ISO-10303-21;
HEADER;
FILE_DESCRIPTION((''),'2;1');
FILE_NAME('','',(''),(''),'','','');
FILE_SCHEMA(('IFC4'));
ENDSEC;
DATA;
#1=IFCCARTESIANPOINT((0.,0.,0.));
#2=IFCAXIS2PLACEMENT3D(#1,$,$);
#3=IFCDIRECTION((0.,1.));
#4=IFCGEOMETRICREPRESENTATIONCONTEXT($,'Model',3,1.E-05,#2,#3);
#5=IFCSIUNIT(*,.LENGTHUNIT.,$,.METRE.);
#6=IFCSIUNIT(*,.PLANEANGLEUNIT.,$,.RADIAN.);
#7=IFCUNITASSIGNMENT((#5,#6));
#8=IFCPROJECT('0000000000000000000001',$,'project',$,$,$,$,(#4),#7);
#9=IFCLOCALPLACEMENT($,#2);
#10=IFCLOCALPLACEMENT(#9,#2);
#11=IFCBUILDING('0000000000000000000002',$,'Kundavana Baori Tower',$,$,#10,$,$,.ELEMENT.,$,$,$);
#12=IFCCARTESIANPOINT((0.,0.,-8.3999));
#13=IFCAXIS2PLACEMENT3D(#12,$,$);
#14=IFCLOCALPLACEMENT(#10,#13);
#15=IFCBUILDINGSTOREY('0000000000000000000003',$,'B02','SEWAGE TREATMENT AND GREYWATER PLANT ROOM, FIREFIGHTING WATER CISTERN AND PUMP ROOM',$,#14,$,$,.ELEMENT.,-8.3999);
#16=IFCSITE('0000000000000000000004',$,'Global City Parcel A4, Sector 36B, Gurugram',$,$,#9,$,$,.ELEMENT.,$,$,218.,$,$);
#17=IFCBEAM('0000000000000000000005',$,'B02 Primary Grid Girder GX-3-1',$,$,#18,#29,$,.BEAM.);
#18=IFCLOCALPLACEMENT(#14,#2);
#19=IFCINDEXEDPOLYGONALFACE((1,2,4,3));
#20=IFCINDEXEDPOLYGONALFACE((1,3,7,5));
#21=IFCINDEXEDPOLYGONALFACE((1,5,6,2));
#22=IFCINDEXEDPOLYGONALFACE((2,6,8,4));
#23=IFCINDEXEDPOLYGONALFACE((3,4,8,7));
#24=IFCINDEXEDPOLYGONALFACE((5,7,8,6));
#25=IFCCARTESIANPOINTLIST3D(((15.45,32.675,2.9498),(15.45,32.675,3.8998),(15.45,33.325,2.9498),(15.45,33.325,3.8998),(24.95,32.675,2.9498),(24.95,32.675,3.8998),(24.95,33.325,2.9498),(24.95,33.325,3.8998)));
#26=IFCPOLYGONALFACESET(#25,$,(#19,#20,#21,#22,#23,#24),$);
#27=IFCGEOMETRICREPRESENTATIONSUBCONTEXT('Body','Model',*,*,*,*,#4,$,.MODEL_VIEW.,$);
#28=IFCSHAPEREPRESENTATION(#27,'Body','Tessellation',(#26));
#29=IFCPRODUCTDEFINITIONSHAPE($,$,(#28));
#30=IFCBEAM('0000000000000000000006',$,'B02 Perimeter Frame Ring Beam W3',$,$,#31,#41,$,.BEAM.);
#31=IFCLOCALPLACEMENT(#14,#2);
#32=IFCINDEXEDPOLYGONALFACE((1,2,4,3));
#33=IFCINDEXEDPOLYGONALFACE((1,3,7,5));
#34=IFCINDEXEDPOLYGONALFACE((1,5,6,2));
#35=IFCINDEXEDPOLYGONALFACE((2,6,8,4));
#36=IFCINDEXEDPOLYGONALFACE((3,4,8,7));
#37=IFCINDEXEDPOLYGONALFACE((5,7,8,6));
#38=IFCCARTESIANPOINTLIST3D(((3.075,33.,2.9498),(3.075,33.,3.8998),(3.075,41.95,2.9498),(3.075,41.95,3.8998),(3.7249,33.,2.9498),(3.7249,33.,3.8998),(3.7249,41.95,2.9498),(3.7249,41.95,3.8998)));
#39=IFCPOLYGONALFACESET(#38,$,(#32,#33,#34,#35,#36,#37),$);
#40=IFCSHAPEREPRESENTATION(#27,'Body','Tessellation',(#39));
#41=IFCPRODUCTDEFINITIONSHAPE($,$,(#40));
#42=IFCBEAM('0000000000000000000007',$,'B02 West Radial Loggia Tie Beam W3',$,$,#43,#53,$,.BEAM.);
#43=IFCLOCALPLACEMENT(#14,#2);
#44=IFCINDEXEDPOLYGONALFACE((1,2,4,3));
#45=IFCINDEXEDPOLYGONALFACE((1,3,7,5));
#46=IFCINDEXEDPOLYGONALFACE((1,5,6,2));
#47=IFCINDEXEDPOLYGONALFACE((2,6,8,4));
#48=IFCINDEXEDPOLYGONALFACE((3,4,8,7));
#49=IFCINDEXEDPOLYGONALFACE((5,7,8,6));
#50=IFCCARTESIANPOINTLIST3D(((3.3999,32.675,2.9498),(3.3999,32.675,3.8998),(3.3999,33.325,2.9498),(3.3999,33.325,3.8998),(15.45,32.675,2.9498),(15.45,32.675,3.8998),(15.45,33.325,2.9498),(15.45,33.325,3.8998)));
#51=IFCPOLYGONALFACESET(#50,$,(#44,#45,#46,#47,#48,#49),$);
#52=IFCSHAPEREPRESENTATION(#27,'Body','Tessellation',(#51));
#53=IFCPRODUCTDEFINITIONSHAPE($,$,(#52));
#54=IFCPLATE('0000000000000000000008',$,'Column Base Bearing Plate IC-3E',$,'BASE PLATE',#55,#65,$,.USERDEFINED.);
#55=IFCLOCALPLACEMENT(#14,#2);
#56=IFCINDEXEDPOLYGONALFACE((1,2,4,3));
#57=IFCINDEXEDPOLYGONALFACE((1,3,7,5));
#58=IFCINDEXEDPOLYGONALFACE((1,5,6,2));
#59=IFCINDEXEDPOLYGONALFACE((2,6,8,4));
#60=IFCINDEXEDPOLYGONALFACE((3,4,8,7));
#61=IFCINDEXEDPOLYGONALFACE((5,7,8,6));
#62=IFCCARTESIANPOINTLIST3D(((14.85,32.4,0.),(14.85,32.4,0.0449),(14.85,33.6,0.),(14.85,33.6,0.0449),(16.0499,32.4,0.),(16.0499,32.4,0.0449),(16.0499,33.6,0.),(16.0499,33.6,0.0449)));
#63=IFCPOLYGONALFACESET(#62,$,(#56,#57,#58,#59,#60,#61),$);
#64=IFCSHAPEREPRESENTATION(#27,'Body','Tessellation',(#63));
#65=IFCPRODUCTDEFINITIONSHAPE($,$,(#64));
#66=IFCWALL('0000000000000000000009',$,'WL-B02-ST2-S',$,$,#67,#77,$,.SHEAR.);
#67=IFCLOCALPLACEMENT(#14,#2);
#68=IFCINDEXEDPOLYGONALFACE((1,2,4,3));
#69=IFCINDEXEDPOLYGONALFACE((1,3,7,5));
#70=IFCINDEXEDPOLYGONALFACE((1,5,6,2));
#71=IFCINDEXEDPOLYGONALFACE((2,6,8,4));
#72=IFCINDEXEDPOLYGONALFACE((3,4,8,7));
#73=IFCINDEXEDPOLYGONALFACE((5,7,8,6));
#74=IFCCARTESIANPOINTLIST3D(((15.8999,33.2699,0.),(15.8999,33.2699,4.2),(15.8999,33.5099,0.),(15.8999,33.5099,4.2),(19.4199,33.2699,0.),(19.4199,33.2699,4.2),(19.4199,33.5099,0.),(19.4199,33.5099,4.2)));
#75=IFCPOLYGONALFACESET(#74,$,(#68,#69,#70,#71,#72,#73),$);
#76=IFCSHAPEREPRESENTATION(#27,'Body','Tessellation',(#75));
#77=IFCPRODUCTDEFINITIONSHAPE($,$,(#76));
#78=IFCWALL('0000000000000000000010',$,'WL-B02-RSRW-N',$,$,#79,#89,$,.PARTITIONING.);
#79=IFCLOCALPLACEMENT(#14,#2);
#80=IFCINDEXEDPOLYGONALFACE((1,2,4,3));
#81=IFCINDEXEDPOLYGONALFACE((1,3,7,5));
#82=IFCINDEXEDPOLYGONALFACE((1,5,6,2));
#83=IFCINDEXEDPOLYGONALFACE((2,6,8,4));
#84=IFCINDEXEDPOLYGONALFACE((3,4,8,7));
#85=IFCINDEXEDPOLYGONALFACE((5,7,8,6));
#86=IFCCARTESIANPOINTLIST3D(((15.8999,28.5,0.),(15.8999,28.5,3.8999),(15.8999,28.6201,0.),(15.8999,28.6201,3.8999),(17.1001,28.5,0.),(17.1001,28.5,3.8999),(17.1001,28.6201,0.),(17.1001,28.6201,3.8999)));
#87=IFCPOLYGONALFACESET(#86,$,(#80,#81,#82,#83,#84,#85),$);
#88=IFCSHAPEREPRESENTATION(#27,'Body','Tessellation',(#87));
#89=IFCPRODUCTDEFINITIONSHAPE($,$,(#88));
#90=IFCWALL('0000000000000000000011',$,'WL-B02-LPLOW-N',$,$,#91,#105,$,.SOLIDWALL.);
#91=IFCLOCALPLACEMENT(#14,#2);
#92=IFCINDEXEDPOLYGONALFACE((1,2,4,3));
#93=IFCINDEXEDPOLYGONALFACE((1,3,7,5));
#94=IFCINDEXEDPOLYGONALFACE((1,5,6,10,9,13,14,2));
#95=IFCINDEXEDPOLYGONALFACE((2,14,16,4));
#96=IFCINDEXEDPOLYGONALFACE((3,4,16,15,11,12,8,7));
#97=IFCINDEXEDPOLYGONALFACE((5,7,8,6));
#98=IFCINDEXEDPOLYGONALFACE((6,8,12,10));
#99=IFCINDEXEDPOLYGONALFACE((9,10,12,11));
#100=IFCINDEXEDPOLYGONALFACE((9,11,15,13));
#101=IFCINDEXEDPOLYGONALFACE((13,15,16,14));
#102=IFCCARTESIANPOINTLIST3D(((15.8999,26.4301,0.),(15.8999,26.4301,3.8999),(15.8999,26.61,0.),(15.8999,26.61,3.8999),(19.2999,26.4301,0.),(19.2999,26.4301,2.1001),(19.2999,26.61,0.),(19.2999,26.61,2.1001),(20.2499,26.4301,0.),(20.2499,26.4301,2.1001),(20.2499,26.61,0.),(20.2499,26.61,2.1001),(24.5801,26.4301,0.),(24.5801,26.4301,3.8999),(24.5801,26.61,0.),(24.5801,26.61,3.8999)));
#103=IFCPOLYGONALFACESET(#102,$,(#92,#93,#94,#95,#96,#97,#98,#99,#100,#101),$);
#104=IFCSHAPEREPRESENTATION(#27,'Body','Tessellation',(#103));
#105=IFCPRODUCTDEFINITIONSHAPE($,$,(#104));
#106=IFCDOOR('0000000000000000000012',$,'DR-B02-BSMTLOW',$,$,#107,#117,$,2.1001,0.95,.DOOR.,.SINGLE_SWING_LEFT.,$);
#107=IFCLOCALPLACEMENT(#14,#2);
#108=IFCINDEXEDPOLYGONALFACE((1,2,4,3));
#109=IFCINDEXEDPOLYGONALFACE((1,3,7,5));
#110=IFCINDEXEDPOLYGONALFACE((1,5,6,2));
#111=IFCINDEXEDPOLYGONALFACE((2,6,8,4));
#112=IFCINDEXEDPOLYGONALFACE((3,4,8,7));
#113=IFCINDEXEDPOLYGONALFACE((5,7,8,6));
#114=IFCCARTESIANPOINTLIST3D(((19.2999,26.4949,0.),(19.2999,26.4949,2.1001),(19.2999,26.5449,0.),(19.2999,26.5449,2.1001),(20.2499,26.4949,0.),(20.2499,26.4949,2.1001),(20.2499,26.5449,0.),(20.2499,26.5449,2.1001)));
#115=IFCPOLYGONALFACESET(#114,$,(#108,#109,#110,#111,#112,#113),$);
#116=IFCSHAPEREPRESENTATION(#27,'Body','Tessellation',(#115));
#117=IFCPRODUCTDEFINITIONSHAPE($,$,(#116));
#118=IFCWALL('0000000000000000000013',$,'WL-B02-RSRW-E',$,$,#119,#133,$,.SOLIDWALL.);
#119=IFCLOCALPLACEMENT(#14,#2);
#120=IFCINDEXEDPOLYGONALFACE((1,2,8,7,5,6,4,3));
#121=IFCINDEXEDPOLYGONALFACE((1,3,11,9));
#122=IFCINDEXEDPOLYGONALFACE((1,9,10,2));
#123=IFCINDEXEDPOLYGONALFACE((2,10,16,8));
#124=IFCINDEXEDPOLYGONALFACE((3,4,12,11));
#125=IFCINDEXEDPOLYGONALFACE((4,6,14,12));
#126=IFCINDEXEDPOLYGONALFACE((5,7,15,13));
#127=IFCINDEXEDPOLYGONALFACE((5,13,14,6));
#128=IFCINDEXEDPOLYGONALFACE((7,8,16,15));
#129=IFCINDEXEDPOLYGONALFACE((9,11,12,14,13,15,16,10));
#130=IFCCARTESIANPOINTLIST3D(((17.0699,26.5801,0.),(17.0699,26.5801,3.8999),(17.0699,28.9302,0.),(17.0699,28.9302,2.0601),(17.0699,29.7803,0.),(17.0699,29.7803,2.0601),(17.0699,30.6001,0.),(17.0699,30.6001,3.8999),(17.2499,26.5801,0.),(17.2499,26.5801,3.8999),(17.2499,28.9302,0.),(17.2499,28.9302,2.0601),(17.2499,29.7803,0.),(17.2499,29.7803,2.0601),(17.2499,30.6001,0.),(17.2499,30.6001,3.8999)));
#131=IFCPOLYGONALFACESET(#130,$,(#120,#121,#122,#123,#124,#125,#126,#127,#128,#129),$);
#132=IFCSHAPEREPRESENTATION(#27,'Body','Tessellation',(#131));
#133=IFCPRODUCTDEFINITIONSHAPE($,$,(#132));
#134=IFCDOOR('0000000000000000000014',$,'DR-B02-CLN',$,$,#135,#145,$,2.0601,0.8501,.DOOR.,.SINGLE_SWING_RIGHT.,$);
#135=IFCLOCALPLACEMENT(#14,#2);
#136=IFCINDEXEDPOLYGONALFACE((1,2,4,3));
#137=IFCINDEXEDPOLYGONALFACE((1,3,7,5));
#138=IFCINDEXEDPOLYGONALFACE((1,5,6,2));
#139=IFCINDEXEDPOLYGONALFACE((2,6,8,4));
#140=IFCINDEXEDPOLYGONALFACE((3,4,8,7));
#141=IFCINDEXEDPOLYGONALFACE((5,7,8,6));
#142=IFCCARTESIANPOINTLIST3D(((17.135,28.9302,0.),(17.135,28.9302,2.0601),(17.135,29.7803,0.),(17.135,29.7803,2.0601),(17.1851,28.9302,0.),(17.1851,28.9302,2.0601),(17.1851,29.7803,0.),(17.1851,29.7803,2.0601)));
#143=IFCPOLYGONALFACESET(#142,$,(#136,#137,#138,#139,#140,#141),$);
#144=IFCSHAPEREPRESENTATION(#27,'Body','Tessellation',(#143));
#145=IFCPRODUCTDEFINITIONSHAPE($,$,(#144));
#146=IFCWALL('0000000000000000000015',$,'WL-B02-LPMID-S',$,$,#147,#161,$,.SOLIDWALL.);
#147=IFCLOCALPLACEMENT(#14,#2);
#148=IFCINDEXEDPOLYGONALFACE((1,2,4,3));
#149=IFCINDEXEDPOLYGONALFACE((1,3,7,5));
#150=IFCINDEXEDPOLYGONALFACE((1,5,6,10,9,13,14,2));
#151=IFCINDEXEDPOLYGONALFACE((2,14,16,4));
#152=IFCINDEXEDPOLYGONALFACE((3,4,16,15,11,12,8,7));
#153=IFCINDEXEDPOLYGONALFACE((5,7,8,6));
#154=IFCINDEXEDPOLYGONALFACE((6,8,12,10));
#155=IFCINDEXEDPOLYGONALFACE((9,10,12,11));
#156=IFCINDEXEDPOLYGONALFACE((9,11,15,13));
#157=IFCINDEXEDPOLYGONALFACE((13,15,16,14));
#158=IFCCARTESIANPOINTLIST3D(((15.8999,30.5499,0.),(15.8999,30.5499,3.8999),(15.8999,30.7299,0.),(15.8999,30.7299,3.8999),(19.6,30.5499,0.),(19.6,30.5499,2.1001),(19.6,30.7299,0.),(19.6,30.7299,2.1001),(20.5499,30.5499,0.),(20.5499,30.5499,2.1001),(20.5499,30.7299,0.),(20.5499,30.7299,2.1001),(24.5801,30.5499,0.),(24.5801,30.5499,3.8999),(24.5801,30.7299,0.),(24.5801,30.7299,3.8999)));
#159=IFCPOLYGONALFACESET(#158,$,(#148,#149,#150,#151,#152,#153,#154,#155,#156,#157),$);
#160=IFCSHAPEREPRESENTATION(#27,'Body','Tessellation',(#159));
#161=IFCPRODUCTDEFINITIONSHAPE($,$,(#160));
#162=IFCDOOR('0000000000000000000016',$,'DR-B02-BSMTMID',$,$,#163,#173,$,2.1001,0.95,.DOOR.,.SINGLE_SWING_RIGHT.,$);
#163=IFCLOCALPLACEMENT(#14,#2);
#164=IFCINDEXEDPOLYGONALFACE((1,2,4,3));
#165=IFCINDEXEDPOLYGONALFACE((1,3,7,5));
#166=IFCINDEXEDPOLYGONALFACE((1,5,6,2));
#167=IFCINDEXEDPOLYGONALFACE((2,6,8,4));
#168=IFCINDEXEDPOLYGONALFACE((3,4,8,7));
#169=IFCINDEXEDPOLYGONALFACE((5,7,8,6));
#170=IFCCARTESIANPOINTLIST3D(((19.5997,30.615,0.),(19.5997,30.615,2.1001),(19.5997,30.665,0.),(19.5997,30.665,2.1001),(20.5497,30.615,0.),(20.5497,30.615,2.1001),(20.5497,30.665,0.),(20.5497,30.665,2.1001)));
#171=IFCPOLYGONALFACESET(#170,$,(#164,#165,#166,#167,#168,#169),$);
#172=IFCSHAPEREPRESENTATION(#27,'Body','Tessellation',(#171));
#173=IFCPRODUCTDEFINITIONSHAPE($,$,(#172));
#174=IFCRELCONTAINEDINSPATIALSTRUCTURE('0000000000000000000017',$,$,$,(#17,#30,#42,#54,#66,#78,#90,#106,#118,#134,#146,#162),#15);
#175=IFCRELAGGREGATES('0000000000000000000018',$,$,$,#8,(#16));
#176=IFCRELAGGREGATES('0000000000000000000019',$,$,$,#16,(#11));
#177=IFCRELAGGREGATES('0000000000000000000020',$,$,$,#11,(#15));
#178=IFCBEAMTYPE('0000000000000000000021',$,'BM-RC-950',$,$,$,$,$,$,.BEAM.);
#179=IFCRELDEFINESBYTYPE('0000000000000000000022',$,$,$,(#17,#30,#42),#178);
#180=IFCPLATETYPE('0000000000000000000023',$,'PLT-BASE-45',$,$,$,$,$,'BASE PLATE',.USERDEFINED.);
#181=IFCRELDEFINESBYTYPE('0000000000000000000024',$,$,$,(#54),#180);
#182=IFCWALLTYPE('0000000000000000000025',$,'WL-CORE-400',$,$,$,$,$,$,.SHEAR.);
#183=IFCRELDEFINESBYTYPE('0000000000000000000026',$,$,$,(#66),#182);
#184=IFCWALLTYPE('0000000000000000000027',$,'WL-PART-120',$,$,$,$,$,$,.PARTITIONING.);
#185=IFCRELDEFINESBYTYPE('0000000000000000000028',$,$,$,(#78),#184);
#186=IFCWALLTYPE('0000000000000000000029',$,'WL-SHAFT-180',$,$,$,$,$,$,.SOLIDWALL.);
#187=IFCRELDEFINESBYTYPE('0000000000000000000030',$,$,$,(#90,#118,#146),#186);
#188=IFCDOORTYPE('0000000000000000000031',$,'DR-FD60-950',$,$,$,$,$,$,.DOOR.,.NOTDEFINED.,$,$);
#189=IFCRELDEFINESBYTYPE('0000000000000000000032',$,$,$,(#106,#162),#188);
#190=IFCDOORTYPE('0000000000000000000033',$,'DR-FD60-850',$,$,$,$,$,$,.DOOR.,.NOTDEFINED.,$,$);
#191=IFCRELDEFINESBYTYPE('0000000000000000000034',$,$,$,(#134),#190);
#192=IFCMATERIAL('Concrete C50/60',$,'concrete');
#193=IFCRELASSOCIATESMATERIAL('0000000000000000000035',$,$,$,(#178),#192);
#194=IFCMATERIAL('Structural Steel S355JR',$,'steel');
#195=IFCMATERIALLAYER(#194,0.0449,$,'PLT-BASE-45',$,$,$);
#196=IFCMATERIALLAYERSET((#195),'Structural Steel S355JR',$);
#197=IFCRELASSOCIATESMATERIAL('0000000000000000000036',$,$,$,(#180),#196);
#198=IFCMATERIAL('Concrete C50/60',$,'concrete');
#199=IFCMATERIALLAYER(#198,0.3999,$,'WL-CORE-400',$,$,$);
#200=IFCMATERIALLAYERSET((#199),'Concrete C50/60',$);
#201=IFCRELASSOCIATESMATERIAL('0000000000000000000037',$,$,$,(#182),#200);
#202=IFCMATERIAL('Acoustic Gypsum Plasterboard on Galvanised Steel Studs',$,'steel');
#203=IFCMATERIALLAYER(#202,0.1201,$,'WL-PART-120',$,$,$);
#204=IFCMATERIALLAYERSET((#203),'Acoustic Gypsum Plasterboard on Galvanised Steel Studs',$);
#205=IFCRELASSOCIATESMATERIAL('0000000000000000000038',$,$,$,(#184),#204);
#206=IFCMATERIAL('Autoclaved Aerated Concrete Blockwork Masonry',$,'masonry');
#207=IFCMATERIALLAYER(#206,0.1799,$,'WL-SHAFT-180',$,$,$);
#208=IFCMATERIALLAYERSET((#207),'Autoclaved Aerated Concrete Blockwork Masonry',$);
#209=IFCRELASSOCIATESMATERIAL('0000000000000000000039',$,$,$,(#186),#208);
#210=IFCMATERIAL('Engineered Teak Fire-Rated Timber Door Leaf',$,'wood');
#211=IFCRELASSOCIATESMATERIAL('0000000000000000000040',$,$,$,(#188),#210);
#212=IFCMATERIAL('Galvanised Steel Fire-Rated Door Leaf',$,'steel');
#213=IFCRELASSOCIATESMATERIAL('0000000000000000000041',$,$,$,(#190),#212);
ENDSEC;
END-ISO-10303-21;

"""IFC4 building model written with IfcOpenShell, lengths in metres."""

from ifc_helpers import new_model, si_unit, direction, frame, frame_2d, origin, origin_2d, place, context, subcontext, project, spatial, rectangle, extrude, material, layer, layer_set, material_profile, profile_set, type_object, element, fill, save


model = new_model("IFC4")

# Units and contexts
model_context = context("Model", 3, precision=1e-05, world=origin(), true_north=direction((0.0, 1.0)))
body_context = subcontext(model_context, "Body", "Model", "MODEL_VIEW")
ifc_project = project(units=[si_unit("LENGTHUNIT", "METRE"), si_unit("PLANEANGLEUNIT", "RADIAN")], contexts=[model_context])

# Site, building, storey
site_placement = place(None, origin())
site = spatial("IfcSite", under=ifc_project, at=site_placement, Name="Global City Parcel A4, Sector 36B, Gurugram", CompositionType="ELEMENT", RefElevation=218.0)
building_placement = place(site_placement, origin())
building = spatial("IfcBuilding", under=site, at=building_placement, Name="Kundavana Baori Tower", CompositionType="ELEMENT")
storey_placement = place(building_placement, frame((0.0, 0.0, -8.3999)))
storey = spatial("IfcBuildingStorey", under=building, at=storey_placement, Name="B02", Description="SEWAGE TREATMENT AND GREYWATER PLANT ROOM, FIREFIGHTING WATER CISTERN AND PUMP ROOM", CompositionType="ELEMENT", Elevation=-8.3999)

# Beams
ifc_material_1 = material(Name="Concrete C50/60", Category="concrete")
ifc_material_profile_1 = material_profile(ifc_material_1, rectangle(XDim=0.6499, YDim=0.95, at=origin_2d()), Name="RC BM 650x950")
ifc_profile_set_1 = profile_set([ifc_material_profile_1], Name="Concrete C50/60")
beam_type = type_object("IfcBeamType", Name="BM-RC-950", PredefinedType="BEAM", material=ifc_profile_set_1)
beam_1_placement = place(storey_placement, frame((15.45, 33.0, 3.4248), z_axis=(1.0, 0.0, 0.0), x_axis=(0.0, 1.0, 0.0)))
element("IfcBeam", 1, at=beam_1_placement, inside=storey, type_object=beam_type, Name="B02 Primary Grid Girder GX-3-1", PredefinedType="BEAM", context=body_context, shape_type="SweptSolid", body=[
    extrude(rectangle(XDim=0.6499, YDim=0.95, at=origin_2d()), origin(), (0.0, 0.0, 1.0), 9.5),
])
beam_2_placement = place(storey_placement, frame((3.3999, 33.0, 3.4248), z_axis=(0.0, 1.0, 0.0), x_axis=(-1.0, 0.0, 0.0)))
element("IfcBeam", 2, at=beam_2_placement, inside=storey, type_object=beam_type, Name="B02 Perimeter Frame Ring Beam W3", PredefinedType="BEAM", context=body_context, shape_type="SweptSolid", body=[
    extrude(rectangle(XDim=0.6499, YDim=0.95, at=origin_2d()), origin(), (0.0, 0.0, 1.0), 8.95),
])
beam_3_placement = place(storey_placement, frame((15.45, 33.0, 3.4248), z_axis=(-1.0, 0.0, 0.0), x_axis=(0.0, -1.0, 0.0)))
element("IfcBeam", 3, at=beam_3_placement, inside=storey, type_object=beam_type, Name="B02 West Radial Loggia Tie Beam W3", PredefinedType="BEAM", context=body_context, shape_type="SweptSolid", body=[
    extrude(rectangle(XDim=0.6499, YDim=0.95, at=origin_2d()), origin(), (0.0, 0.0, 1.0), 12.05),
])

# Plate
ifc_material_2 = material(Name="Structural Steel S355JR", Category="steel")
ifc_layer_1 = layer(ifc_material_2, 0.0449, Name="PLT-BASE-45")
ifc_layer_set_1 = layer_set([ifc_layer_1], Name="Structural Steel S355JR")
plate_type = type_object("IfcPlateType", Name="PLT-BASE-45", ElementType="BASE PLATE", PredefinedType="USERDEFINED", material=ifc_layer_set_1)
plate_placement = place(storey_placement, frame((15.45, 33.0, 0.0), z_axis=(0.0, 0.0, 1.0), x_axis=(1.0, 0.0, 0.0)))
element("IfcPlate", 4, at=plate_placement, inside=storey, type_object=plate_type, Name="Column Base Bearing Plate IC-3E", ObjectType="BASE PLATE", PredefinedType="USERDEFINED", context=body_context, shape_type="SweptSolid", body=[
    extrude(rectangle(XDim=1.2, YDim=1.2, at=origin_2d()), origin(), (0.0, 0.0, 1.0), 0.0449),
])

# Walls
ifc_material_3 = material(Name="Concrete C50/60", Category="concrete")
ifc_layer_2 = layer(ifc_material_3, 0.3999, Name="WL-CORE-400")
ifc_layer_set_2 = layer_set([ifc_layer_2], Name="Concrete C50/60")
wall_type_1 = type_object("IfcWallType", Name="WL-CORE-400", PredefinedType="SHEAR", material=ifc_layer_set_2)
wall_1_placement = place(storey_placement, frame((15.8999, 33.3899, 0.0), z_axis=(0.0, 0.0, 1.0), x_axis=(1.0, 0.0, 0.0)))
element("IfcWall", 5, at=wall_1_placement, inside=storey, type_object=wall_type_1, Name="WL-B02-ST2-S", PredefinedType="SHEAR", context=body_context, shape_type="SweptSolid", body=[
    extrude(rectangle(XDim=3.52, YDim=0.24, at=frame_2d((1.76, 0.0))), origin(), (0.0, 0.0, 1.0), 4.2),
])
ifc_material_4 = material(Name="Acoustic Gypsum Plasterboard on Galvanised Steel Studs", Category="steel")
ifc_layer_3 = layer(ifc_material_4, 0.1201, Name="WL-PART-120")
ifc_layer_set_3 = layer_set([ifc_layer_3], Name="Acoustic Gypsum Plasterboard on Galvanised Steel Studs")
wall_type_2 = type_object("IfcWallType", Name="WL-PART-120", PredefinedType="PARTITIONING", material=ifc_layer_set_3)
wall_2_placement = place(storey_placement, frame((15.8999, 28.5601, 0.0), z_axis=(0.0, 0.0, 1.0), x_axis=(1.0, 0.0, 0.0)))
element("IfcWall", 6, at=wall_2_placement, inside=storey, type_object=wall_type_2, Name="WL-B02-RSRW-N", PredefinedType="PARTITIONING", context=body_context, shape_type="SweptSolid", body=[
    extrude(rectangle(XDim=1.2002, YDim=0.1201, at=frame_2d((0.6001, 0.0))), origin(), (0.0, 0.0, 1.0), 3.8999),
])

# Walls, openings, doors
ifc_material_5 = material(Name="Autoclaved Aerated Concrete Blockwork Masonry", Category="masonry")
ifc_layer_4 = layer(ifc_material_5, 0.1799, Name="WL-SHAFT-180")
ifc_layer_set_4 = layer_set([ifc_layer_4], Name="Autoclaved Aerated Concrete Blockwork Masonry")
wall_type_3 = type_object("IfcWallType", Name="WL-SHAFT-180", PredefinedType="SOLIDWALL", material=ifc_layer_set_4)
wall_3_placement = place(storey_placement, frame((15.8999, 26.52, 0.0), z_axis=(0.0, 0.0, 1.0), x_axis=(1.0, 0.0, 0.0)))
wall_3 = element("IfcWall", 7, at=wall_3_placement, inside=storey, type_object=wall_type_3, Name="WL-B02-LPLOW-N", PredefinedType="SOLIDWALL", context=body_context, shape_type="SweptSolid", body=[
    extrude(rectangle(XDim=8.6802, YDim=0.1799, at=frame_2d((4.3401, 0.0))), origin(), (0.0, 0.0, 1.0), 3.8999),
])
opening_1_placement = place(wall_3_placement, frame((3.3999, 0.0, 0.0)))
opening_1 = element("IfcOpeningElement", 8, at=opening_1_placement, cuts=wall_3, PredefinedType="OPENING", context=body_context, shape_type="SweptSolid", body=[
    extrude(rectangle(XDim=0.95, YDim=2.1001, at=frame_2d((0.4751, 1.05))), frame((0.0, 0.1001, 0.0), z_axis=(0.0, -1.0, 0.0), x_axis=(1.0, 0.0, 0.0)), (0.0, 0.0, 1.0), 0.2),
])
ifc_material_6 = material(Name="Engineered Teak Fire-Rated Timber Door Leaf", Category="wood")
door_type_1 = type_object("IfcDoorType", Name="DR-FD60-950", OperationType="NOTDEFINED", PredefinedType="DOOR", material=ifc_material_6)
door_1_placement = place(opening_1_placement, origin())
door_1 = element("IfcDoor", 9, at=door_1_placement, inside=storey, type_object=door_type_1, Name="DR-B02-BSMTLOW", OperationType="SINGLE_SWING_LEFT", OverallHeight=2.1001, OverallWidth=0.95, PredefinedType="DOOR", context=body_context, shape_type="SweptSolid", body=[
    extrude(rectangle(XDim=0.95, YDim=2.1001, at=frame_2d((0.4751, 1.05))), frame((0.0, 0.0249, 0.0), z_axis=(0.0, -1.0, 0.0), x_axis=(1.0, 0.0, 0.0)), (0.0, 0.0, 1.0), 0.05),
])
fill(opening_1, door_1)
wall_4_placement = place(storey_placement, frame((17.1599, 26.5801, 0.0), z_axis=(0.0, 0.0, 1.0), x_axis=(0.0, 1.0, 0.0)))
wall_4 = element("IfcWall", 10, at=wall_4_placement, inside=storey, type_object=wall_type_3, Name="WL-B02-RSRW-E", PredefinedType="SOLIDWALL", context=body_context, shape_type="SweptSolid", body=[
    extrude(rectangle(XDim=4.02, YDim=0.1799, at=frame_2d((2.01, 0.0))), origin(), (0.0, 0.0, 1.0), 3.8999),
])
opening_2_placement = place(wall_4_placement, frame((2.3501, 0.0, 0.0)))
opening_2 = element("IfcOpeningElement", 11, at=opening_2_placement, cuts=wall_4, PredefinedType="OPENING", context=body_context, shape_type="SweptSolid", body=[
    extrude(rectangle(XDim=0.8501, YDim=2.0601, at=frame_2d((0.425, 1.03))), frame((0.0, 0.1001, 0.0), z_axis=(0.0, -1.0, 0.0), x_axis=(1.0, 0.0, 0.0)), (0.0, 0.0, 1.0), 0.2),
])
ifc_material_7 = material(Name="Galvanised Steel Fire-Rated Door Leaf", Category="steel")
door_type_2 = type_object("IfcDoorType", Name="DR-FD60-850", OperationType="NOTDEFINED", PredefinedType="DOOR", material=ifc_material_7)
door_2_placement = place(opening_2_placement, origin())
door_2 = element("IfcDoor", 12, at=door_2_placement, inside=storey, type_object=door_type_2, Name="DR-B02-CLN", OperationType="SINGLE_SWING_RIGHT", OverallHeight=2.0601, OverallWidth=0.8501, PredefinedType="DOOR", context=body_context, shape_type="SweptSolid", body=[
    extrude(rectangle(XDim=0.8501, YDim=2.0601, at=frame_2d((0.425, 1.03))), frame((0.0, 0.0249, 0.0), z_axis=(0.0, -1.0, 0.0), x_axis=(1.0, 0.0, 0.0)), (0.0, 0.0, 1.0), 0.05),
])
fill(opening_2, door_2)
wall_5_placement = place(storey_placement, frame((15.8999, 30.6399, 0.0), z_axis=(0.0, 0.0, 1.0), x_axis=(1.0, 0.0, 0.0)))
wall_5 = element("IfcWall", 13, at=wall_5_placement, inside=storey, type_object=wall_type_3, Name="WL-B02-LPMID-S", PredefinedType="SOLIDWALL", context=body_context, shape_type="SweptSolid", body=[
    extrude(rectangle(XDim=8.6802, YDim=0.1799, at=frame_2d((4.3401, 0.0))), origin(), (0.0, 0.0, 1.0), 3.8999),
])
opening_3_placement = place(wall_5_placement, frame((3.7, 0.0, 0.0)))
opening_3 = element("IfcOpeningElement", 14, at=opening_3_placement, cuts=wall_5, PredefinedType="OPENING", context=body_context, shape_type="SweptSolid", body=[
    extrude(rectangle(XDim=0.95, YDim=2.1001, at=frame_2d((0.4751, 1.05))), frame((0.0, 0.1001, 0.0), z_axis=(0.0, -1.0, 0.0), x_axis=(1.0, 0.0, 0.0)), (0.0, 0.0, 1.0), 0.2),
])
door_3_placement = place(opening_3_placement, frame((0.95, 0.0, 0.0), z_axis=(0.0, 0.0, 1.0), x_axis=(-1.0, 0.0, 0.0)))
door_3 = element("IfcDoor", 15, at=door_3_placement, inside=storey, type_object=door_type_1, Name="DR-B02-BSMTMID", OperationType="SINGLE_SWING_RIGHT", OverallHeight=2.1001, OverallWidth=0.95, PredefinedType="DOOR", context=body_context, shape_type="SweptSolid", body=[
    extrude(rectangle(XDim=0.95, YDim=2.1001, at=frame_2d((0.4751, 1.05))), frame((0.0, 0.0249, 0.0), z_axis=(0.0, -1.0, 0.0), x_axis=(1.0, 0.0, 0.0)), (0.0, 0.0, 1.0), 0.05),
])
fill(opening_3, door_3)

save(model, "model.ifc")
